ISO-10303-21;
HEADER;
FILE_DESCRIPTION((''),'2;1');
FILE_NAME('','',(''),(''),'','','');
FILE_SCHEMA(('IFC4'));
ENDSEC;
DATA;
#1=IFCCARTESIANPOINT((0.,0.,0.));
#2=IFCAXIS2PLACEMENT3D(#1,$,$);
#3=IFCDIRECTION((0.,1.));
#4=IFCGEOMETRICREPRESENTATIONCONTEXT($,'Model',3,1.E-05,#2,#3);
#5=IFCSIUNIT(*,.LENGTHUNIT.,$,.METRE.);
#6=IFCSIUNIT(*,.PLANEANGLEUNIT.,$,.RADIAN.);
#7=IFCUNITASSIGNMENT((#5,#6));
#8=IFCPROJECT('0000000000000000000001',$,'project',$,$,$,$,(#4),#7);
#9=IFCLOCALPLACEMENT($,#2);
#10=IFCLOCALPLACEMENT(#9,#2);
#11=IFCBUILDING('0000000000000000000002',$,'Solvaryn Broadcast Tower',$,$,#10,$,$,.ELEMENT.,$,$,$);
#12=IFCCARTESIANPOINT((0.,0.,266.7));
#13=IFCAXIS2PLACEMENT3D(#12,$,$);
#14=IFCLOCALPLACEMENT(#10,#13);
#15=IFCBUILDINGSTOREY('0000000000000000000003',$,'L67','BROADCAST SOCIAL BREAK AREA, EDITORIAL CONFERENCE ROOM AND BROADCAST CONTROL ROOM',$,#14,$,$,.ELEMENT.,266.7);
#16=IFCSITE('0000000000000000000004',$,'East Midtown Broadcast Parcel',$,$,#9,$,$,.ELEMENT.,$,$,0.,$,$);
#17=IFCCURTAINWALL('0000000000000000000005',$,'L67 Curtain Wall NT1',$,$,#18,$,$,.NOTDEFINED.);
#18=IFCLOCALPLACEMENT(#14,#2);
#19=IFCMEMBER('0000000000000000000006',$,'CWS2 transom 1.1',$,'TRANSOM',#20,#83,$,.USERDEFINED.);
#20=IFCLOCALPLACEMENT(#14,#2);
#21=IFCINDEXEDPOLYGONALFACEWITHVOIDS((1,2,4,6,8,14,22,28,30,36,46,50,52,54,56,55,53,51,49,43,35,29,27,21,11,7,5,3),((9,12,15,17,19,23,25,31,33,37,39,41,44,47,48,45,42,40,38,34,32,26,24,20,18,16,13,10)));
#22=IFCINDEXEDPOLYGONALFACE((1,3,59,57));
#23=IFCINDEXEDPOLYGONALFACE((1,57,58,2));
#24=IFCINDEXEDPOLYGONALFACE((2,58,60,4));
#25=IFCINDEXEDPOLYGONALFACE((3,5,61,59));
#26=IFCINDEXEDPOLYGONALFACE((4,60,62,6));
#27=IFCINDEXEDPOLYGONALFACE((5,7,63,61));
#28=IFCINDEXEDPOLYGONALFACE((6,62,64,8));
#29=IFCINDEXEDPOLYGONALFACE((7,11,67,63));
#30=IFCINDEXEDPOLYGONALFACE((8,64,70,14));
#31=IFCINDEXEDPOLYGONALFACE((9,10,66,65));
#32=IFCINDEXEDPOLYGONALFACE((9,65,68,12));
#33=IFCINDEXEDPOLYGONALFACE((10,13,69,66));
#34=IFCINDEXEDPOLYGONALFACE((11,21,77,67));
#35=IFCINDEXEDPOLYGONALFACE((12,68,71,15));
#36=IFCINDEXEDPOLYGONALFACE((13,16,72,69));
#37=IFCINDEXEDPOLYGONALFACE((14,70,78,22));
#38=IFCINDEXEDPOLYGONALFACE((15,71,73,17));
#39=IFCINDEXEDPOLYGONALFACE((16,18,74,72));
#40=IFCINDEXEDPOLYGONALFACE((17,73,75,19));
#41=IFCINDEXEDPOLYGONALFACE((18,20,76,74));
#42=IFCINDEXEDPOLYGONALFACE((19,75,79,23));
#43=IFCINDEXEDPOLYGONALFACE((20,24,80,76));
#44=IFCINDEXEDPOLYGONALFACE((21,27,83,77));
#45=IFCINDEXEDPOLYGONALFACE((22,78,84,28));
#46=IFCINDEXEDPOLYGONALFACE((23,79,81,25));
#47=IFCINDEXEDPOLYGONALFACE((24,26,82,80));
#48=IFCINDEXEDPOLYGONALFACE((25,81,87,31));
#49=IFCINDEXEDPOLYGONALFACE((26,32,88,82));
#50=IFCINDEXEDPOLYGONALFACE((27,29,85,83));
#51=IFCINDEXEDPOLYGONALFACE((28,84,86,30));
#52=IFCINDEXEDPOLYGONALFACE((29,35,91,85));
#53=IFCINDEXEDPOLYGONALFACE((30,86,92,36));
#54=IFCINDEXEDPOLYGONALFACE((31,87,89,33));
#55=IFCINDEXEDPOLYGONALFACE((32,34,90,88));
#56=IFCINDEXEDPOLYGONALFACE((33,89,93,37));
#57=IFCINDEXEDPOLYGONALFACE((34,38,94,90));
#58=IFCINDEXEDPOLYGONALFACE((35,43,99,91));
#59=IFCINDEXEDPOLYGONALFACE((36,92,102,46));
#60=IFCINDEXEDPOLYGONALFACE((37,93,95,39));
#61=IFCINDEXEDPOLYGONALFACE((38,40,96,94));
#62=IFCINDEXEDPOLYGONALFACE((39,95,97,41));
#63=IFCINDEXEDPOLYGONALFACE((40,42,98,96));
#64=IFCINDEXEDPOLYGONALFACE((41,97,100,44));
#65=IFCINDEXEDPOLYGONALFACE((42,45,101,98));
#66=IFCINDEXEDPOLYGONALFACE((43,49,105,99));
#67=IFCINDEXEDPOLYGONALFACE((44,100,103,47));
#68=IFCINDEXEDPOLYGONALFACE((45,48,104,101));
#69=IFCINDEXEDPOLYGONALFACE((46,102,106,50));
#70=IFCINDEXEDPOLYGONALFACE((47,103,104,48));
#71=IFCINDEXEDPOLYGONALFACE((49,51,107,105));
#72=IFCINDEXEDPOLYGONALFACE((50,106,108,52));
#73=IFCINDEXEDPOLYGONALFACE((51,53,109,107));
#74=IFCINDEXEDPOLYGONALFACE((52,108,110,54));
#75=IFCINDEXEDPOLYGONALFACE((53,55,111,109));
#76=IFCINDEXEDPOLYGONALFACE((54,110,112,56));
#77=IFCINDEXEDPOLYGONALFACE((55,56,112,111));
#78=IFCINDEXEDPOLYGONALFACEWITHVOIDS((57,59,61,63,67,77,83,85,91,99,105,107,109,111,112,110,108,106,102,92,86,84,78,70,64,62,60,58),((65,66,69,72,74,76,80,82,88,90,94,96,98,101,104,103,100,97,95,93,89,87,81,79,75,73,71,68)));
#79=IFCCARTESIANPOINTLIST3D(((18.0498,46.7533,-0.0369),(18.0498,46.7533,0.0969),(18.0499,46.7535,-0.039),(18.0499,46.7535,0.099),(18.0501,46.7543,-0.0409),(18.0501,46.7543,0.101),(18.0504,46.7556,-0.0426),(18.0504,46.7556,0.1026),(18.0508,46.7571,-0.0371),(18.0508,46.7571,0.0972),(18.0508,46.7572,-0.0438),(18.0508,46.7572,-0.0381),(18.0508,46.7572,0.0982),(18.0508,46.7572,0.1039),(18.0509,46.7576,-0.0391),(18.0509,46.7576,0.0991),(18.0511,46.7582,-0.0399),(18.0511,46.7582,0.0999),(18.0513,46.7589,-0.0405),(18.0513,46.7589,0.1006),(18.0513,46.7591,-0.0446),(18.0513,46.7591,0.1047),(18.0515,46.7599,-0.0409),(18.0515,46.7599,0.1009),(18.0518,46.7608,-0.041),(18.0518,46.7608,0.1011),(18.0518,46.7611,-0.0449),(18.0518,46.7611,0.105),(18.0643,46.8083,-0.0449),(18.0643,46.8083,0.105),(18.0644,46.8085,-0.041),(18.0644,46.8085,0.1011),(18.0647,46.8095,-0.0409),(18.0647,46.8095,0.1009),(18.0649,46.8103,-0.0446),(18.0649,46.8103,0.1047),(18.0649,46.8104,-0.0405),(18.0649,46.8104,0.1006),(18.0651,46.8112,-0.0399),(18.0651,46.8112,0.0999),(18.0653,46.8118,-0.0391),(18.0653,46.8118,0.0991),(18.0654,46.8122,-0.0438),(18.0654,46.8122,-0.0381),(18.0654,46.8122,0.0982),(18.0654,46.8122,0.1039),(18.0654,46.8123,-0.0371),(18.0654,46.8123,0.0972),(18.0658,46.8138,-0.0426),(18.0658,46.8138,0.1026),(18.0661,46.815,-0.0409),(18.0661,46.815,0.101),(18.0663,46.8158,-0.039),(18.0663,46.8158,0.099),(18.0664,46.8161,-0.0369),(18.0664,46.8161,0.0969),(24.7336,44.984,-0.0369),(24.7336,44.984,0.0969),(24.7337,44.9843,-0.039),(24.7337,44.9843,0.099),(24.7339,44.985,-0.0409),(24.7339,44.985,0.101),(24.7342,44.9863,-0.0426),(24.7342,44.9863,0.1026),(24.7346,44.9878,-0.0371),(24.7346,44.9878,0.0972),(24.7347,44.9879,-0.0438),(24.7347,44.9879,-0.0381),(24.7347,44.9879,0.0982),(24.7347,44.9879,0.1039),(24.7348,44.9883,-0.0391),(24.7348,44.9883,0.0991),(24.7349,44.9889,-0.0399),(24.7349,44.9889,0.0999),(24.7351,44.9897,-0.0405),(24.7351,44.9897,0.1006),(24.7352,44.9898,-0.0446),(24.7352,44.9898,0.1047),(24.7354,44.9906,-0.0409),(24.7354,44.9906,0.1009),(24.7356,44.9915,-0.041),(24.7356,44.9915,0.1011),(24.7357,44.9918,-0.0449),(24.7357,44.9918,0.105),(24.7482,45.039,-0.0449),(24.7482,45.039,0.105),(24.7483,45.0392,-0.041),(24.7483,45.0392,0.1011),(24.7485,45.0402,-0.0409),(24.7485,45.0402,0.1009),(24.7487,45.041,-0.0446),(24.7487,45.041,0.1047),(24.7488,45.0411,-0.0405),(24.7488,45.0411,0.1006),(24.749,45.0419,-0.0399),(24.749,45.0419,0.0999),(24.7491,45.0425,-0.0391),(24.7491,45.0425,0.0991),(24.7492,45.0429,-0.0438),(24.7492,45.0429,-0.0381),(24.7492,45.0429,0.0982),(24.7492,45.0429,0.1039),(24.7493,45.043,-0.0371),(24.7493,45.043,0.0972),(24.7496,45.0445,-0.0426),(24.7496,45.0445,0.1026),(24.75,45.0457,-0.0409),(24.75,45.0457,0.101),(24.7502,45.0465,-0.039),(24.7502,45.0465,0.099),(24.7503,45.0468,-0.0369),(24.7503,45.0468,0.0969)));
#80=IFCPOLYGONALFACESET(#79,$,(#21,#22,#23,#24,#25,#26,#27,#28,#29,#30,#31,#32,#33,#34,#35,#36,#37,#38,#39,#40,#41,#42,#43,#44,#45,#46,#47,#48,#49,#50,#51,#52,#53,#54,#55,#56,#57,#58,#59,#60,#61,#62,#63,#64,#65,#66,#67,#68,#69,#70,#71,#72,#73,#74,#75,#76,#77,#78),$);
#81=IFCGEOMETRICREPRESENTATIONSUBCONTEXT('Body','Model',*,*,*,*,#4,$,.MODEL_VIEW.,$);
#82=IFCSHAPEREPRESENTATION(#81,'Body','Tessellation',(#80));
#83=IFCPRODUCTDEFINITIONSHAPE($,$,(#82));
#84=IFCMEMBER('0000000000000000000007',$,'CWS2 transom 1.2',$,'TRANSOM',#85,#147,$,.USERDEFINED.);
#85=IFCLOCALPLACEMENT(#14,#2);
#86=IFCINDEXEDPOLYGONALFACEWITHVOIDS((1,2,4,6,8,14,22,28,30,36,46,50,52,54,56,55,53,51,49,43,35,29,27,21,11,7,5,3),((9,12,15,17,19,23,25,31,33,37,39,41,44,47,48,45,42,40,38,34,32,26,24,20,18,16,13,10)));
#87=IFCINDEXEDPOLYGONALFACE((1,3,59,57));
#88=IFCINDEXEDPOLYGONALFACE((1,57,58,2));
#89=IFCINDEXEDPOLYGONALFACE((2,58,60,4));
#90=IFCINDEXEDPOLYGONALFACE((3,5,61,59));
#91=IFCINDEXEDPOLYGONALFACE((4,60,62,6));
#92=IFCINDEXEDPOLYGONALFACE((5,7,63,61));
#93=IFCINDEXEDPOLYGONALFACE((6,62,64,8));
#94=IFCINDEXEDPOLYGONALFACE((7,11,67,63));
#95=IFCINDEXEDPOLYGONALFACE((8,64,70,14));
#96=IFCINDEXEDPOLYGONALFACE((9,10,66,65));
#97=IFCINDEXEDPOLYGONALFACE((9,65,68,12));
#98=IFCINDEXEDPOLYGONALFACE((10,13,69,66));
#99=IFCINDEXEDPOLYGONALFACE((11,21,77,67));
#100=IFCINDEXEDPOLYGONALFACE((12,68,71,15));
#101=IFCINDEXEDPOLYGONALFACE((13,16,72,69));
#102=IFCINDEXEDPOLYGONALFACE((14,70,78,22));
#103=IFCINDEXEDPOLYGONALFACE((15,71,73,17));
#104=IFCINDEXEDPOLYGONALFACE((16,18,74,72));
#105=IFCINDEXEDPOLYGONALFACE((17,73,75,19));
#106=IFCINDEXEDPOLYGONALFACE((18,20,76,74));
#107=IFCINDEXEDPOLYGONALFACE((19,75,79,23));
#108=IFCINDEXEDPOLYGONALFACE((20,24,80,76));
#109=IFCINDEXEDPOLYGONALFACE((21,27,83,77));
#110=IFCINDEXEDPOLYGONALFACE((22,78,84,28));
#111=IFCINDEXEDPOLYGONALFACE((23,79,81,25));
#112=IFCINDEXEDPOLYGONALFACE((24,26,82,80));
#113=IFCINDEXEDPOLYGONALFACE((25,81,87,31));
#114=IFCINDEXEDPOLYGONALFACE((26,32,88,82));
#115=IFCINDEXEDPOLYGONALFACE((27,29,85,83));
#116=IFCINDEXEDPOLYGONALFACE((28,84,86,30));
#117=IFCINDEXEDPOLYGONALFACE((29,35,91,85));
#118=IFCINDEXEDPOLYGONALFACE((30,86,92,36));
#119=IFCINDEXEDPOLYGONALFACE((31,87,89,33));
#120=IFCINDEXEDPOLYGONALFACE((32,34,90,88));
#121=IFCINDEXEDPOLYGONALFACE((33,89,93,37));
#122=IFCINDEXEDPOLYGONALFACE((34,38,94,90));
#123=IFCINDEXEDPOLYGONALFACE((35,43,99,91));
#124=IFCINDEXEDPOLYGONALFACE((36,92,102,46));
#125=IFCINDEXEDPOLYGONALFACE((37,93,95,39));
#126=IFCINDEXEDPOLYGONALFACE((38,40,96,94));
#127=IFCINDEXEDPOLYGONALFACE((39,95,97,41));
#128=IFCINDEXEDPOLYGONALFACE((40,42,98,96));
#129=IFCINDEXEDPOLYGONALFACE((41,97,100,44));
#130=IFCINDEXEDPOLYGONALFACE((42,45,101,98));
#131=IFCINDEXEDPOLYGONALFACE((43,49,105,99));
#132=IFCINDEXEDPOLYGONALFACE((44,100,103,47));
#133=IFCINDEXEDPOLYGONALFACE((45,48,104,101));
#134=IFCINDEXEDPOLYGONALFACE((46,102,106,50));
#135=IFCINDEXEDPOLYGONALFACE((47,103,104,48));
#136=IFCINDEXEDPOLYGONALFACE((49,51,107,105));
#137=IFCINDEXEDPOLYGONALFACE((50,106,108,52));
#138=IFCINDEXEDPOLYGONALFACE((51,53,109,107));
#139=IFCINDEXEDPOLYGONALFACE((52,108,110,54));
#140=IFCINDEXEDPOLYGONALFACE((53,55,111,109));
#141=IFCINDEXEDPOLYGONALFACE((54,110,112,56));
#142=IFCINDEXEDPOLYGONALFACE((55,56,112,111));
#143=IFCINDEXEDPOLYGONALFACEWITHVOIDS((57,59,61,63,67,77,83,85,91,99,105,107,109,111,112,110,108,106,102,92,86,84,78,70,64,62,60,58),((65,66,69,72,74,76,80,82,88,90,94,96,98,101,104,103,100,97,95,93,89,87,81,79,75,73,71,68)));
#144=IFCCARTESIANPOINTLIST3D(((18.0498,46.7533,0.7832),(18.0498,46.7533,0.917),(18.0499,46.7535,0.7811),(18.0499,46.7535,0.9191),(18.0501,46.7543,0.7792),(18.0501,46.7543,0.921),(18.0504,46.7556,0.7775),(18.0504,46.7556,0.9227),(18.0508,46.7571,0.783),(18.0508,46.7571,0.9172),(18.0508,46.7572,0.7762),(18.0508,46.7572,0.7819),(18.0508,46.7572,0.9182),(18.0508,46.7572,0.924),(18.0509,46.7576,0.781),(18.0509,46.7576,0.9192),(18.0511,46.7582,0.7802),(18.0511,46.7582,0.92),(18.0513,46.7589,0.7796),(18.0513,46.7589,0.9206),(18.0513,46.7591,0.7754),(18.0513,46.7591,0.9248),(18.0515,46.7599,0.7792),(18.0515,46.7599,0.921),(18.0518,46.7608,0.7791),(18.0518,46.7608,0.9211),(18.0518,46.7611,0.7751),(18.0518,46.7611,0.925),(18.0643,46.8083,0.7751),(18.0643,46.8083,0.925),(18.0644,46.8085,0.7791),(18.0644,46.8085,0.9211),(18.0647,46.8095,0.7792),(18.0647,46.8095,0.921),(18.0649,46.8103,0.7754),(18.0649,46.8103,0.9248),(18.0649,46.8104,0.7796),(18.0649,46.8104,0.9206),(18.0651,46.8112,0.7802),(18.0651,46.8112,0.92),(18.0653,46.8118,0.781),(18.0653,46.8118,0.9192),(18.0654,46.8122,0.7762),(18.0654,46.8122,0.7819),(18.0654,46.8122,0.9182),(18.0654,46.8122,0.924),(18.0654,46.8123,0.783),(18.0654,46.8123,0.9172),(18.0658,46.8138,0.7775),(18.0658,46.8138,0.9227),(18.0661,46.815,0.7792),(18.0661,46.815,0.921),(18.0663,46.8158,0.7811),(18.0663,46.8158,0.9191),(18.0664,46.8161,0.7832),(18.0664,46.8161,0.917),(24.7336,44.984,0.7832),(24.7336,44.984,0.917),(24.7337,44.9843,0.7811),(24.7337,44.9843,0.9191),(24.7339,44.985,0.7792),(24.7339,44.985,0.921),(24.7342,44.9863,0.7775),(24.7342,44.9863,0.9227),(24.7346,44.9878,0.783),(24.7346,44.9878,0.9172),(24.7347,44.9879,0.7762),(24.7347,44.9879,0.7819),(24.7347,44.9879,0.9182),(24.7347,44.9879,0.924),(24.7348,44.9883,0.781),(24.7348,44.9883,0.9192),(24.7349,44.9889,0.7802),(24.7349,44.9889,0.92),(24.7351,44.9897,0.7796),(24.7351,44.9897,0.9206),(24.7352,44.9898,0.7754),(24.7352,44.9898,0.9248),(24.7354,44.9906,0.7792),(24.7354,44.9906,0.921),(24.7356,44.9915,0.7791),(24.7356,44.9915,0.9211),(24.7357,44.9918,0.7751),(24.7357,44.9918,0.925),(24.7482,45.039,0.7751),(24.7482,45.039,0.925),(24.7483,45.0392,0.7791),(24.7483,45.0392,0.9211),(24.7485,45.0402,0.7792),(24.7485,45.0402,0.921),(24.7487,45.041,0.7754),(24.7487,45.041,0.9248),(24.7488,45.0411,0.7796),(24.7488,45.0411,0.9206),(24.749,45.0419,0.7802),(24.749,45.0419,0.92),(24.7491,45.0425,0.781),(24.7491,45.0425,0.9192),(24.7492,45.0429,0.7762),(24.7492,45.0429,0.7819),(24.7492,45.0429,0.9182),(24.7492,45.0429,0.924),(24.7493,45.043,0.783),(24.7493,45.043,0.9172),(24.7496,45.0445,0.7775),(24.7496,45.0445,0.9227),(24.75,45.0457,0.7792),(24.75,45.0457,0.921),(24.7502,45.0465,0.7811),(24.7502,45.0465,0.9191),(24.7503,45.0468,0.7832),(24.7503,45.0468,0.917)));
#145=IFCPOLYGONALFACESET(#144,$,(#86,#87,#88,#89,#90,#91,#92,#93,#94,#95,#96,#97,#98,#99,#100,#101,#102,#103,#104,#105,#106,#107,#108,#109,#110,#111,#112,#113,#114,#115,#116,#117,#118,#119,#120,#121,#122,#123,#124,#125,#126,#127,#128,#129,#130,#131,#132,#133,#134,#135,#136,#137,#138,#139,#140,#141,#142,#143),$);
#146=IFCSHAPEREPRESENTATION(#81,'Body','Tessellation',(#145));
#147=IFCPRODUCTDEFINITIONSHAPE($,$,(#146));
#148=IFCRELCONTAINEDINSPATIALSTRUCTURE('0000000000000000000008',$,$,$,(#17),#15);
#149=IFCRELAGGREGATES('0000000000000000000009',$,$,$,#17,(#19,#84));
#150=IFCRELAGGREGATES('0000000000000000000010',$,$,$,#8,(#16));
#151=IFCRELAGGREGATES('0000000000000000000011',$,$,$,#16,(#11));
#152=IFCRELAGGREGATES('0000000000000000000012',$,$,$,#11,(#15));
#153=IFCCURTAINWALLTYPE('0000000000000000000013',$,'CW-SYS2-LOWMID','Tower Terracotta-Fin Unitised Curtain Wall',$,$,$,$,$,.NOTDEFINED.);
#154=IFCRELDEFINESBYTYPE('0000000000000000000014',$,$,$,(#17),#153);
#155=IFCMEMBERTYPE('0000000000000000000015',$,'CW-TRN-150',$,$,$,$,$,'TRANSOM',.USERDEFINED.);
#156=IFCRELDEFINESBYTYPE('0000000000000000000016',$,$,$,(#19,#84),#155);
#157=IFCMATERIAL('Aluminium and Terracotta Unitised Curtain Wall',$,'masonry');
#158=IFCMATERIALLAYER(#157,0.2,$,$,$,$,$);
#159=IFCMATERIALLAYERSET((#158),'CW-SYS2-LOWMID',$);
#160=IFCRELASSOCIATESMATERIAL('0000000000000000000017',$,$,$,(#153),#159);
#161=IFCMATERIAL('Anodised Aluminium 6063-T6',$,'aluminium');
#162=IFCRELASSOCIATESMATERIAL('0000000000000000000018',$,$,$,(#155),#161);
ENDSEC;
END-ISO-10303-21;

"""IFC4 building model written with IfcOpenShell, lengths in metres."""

from ifc_helpers import new_model, si_unit, direction, frame, origin, origin_2d, place, context, subcontext, project, spatial, hollow_rectangle, extrude, material, layer, layer_set, material_profile, profile_set, type_object, element, aggregate, save


model = new_model("IFC4")

# Units and contexts
model_context = context("Model", 3, precision=1e-05, world=origin(), true_north=direction((0.0, 1.0)))
body_context = subcontext(model_context, "Body", "Model", "MODEL_VIEW")
ifc_project = project(units=[si_unit("LENGTHUNIT", "METRE"), si_unit("PLANEANGLEUNIT", "RADIAN")], contexts=[model_context])

# Site, building, storey
site_placement = place(None, origin())
site = spatial("IfcSite", under=ifc_project, at=site_placement, Name="East Midtown Broadcast Parcel", CompositionType="ELEMENT", RefElevation=0.0)
building_placement = place(site_placement, origin())
building = spatial("IfcBuilding", under=site, at=building_placement, Name="Solvaryn Broadcast Tower", CompositionType="ELEMENT")
storey_placement = place(building_placement, frame((0.0, 0.0, 266.7)))
storey = spatial("IfcBuildingStorey", under=building, at=storey_placement, Name="L67", Description="BROADCAST SOCIAL BREAK AREA, EDITORIAL CONFERENCE ROOM AND BROADCAST CONTROL ROOM", CompositionType="ELEMENT", Elevation=266.7)

# Shared definitions
ifc_material_1 = material(Name="Aluminium and Terracotta Unitised Curtain Wall", Category="masonry")
ifc_layer_1 = layer(ifc_material_1, 0.2)
ifc_layer_set_1 = layer_set([ifc_layer_1], Name="CW-SYS2-LOWMID")
curtain_wall_type = type_object("IfcCurtainWallType", Name="CW-SYS2-LOWMID", Description="Tower Terracotta-Fin Unitised Curtain Wall", PredefinedType="NOTDEFINED", material=ifc_layer_set_1)

# Curtain wall
curtain_wall_1_placement = place(storey_placement, origin())
curtain_wall_1 = element("IfcCurtainWall", 1, at=curtain_wall_1_placement, inside=storey, type_object=curtain_wall_type, Name="L67 Curtain Wall NT1", PredefinedType="NOTDEFINED")

# Members
ifc_material_2 = material(Name="Anodised Aluminium 6063-T6", Category="aluminium")
ifc_material_profile_1 = material_profile(ifc_material_2, hollow_rectangle(XDim=0.0649, YDim=0.1499, WallThickness=0.0039, InnerFilletRadius=0.0039, OuterFilletRadius=0.0081, at=origin_2d()))
ifc_profile_set_1 = profile_set([ifc_material_profile_1], Name="Anodised Aluminium 6063-T6")
member_type_1 = type_object("IfcMemberType", Name="CW-TRN-150", ElementType="TRANSOM", PredefinedType="USERDEFINED", material=ifc_profile_set_1)
member_1_placement = place(storey_placement, frame((24.7419, 45.0154, 0.03), z_axis=(-0.966704, 0.255897, 0.0), x_axis=(-0.255897, -0.966704, 0.0)))
member_1 = element("IfcMember", 2, at=member_1_placement, type_object=member_type_1, Name="CWS2 transom 1.1", ObjectType="TRANSOM", PredefinedType="USERDEFINED", context=body_context, shape_type="SweptSolid", body=[
    extrude(hollow_rectangle(XDim=0.0649, YDim=0.1499, WallThickness=0.0039, InnerFilletRadius=0.0039, OuterFilletRadius=0.0081, at=origin_2d()), origin(), (0.0, 0.0, 1.0), 6.9141),
])
member_2_placement = place(storey_placement, frame((24.7419, 45.0154, 0.8501), z_axis=(-0.966704, 0.255897, 0.0), x_axis=(-0.255897, -0.966704, 0.0)))
member_2 = element("IfcMember", 3, at=member_2_placement, type_object=member_type_1, Name="CWS2 transom 1.2", ObjectType="TRANSOM", PredefinedType="USERDEFINED", context=body_context, shape_type="SweptSolid", body=[
    extrude(hollow_rectangle(XDim=0.0649, YDim=0.1499, WallThickness=0.0039, InnerFilletRadius=0.0039, OuterFilletRadius=0.0081, at=origin_2d()), origin(), (0.0, 0.0, 1.0), 6.9141),
])
aggregate(curtain_wall_1, [member_1, member_2])

save(model, "model.ifc")
